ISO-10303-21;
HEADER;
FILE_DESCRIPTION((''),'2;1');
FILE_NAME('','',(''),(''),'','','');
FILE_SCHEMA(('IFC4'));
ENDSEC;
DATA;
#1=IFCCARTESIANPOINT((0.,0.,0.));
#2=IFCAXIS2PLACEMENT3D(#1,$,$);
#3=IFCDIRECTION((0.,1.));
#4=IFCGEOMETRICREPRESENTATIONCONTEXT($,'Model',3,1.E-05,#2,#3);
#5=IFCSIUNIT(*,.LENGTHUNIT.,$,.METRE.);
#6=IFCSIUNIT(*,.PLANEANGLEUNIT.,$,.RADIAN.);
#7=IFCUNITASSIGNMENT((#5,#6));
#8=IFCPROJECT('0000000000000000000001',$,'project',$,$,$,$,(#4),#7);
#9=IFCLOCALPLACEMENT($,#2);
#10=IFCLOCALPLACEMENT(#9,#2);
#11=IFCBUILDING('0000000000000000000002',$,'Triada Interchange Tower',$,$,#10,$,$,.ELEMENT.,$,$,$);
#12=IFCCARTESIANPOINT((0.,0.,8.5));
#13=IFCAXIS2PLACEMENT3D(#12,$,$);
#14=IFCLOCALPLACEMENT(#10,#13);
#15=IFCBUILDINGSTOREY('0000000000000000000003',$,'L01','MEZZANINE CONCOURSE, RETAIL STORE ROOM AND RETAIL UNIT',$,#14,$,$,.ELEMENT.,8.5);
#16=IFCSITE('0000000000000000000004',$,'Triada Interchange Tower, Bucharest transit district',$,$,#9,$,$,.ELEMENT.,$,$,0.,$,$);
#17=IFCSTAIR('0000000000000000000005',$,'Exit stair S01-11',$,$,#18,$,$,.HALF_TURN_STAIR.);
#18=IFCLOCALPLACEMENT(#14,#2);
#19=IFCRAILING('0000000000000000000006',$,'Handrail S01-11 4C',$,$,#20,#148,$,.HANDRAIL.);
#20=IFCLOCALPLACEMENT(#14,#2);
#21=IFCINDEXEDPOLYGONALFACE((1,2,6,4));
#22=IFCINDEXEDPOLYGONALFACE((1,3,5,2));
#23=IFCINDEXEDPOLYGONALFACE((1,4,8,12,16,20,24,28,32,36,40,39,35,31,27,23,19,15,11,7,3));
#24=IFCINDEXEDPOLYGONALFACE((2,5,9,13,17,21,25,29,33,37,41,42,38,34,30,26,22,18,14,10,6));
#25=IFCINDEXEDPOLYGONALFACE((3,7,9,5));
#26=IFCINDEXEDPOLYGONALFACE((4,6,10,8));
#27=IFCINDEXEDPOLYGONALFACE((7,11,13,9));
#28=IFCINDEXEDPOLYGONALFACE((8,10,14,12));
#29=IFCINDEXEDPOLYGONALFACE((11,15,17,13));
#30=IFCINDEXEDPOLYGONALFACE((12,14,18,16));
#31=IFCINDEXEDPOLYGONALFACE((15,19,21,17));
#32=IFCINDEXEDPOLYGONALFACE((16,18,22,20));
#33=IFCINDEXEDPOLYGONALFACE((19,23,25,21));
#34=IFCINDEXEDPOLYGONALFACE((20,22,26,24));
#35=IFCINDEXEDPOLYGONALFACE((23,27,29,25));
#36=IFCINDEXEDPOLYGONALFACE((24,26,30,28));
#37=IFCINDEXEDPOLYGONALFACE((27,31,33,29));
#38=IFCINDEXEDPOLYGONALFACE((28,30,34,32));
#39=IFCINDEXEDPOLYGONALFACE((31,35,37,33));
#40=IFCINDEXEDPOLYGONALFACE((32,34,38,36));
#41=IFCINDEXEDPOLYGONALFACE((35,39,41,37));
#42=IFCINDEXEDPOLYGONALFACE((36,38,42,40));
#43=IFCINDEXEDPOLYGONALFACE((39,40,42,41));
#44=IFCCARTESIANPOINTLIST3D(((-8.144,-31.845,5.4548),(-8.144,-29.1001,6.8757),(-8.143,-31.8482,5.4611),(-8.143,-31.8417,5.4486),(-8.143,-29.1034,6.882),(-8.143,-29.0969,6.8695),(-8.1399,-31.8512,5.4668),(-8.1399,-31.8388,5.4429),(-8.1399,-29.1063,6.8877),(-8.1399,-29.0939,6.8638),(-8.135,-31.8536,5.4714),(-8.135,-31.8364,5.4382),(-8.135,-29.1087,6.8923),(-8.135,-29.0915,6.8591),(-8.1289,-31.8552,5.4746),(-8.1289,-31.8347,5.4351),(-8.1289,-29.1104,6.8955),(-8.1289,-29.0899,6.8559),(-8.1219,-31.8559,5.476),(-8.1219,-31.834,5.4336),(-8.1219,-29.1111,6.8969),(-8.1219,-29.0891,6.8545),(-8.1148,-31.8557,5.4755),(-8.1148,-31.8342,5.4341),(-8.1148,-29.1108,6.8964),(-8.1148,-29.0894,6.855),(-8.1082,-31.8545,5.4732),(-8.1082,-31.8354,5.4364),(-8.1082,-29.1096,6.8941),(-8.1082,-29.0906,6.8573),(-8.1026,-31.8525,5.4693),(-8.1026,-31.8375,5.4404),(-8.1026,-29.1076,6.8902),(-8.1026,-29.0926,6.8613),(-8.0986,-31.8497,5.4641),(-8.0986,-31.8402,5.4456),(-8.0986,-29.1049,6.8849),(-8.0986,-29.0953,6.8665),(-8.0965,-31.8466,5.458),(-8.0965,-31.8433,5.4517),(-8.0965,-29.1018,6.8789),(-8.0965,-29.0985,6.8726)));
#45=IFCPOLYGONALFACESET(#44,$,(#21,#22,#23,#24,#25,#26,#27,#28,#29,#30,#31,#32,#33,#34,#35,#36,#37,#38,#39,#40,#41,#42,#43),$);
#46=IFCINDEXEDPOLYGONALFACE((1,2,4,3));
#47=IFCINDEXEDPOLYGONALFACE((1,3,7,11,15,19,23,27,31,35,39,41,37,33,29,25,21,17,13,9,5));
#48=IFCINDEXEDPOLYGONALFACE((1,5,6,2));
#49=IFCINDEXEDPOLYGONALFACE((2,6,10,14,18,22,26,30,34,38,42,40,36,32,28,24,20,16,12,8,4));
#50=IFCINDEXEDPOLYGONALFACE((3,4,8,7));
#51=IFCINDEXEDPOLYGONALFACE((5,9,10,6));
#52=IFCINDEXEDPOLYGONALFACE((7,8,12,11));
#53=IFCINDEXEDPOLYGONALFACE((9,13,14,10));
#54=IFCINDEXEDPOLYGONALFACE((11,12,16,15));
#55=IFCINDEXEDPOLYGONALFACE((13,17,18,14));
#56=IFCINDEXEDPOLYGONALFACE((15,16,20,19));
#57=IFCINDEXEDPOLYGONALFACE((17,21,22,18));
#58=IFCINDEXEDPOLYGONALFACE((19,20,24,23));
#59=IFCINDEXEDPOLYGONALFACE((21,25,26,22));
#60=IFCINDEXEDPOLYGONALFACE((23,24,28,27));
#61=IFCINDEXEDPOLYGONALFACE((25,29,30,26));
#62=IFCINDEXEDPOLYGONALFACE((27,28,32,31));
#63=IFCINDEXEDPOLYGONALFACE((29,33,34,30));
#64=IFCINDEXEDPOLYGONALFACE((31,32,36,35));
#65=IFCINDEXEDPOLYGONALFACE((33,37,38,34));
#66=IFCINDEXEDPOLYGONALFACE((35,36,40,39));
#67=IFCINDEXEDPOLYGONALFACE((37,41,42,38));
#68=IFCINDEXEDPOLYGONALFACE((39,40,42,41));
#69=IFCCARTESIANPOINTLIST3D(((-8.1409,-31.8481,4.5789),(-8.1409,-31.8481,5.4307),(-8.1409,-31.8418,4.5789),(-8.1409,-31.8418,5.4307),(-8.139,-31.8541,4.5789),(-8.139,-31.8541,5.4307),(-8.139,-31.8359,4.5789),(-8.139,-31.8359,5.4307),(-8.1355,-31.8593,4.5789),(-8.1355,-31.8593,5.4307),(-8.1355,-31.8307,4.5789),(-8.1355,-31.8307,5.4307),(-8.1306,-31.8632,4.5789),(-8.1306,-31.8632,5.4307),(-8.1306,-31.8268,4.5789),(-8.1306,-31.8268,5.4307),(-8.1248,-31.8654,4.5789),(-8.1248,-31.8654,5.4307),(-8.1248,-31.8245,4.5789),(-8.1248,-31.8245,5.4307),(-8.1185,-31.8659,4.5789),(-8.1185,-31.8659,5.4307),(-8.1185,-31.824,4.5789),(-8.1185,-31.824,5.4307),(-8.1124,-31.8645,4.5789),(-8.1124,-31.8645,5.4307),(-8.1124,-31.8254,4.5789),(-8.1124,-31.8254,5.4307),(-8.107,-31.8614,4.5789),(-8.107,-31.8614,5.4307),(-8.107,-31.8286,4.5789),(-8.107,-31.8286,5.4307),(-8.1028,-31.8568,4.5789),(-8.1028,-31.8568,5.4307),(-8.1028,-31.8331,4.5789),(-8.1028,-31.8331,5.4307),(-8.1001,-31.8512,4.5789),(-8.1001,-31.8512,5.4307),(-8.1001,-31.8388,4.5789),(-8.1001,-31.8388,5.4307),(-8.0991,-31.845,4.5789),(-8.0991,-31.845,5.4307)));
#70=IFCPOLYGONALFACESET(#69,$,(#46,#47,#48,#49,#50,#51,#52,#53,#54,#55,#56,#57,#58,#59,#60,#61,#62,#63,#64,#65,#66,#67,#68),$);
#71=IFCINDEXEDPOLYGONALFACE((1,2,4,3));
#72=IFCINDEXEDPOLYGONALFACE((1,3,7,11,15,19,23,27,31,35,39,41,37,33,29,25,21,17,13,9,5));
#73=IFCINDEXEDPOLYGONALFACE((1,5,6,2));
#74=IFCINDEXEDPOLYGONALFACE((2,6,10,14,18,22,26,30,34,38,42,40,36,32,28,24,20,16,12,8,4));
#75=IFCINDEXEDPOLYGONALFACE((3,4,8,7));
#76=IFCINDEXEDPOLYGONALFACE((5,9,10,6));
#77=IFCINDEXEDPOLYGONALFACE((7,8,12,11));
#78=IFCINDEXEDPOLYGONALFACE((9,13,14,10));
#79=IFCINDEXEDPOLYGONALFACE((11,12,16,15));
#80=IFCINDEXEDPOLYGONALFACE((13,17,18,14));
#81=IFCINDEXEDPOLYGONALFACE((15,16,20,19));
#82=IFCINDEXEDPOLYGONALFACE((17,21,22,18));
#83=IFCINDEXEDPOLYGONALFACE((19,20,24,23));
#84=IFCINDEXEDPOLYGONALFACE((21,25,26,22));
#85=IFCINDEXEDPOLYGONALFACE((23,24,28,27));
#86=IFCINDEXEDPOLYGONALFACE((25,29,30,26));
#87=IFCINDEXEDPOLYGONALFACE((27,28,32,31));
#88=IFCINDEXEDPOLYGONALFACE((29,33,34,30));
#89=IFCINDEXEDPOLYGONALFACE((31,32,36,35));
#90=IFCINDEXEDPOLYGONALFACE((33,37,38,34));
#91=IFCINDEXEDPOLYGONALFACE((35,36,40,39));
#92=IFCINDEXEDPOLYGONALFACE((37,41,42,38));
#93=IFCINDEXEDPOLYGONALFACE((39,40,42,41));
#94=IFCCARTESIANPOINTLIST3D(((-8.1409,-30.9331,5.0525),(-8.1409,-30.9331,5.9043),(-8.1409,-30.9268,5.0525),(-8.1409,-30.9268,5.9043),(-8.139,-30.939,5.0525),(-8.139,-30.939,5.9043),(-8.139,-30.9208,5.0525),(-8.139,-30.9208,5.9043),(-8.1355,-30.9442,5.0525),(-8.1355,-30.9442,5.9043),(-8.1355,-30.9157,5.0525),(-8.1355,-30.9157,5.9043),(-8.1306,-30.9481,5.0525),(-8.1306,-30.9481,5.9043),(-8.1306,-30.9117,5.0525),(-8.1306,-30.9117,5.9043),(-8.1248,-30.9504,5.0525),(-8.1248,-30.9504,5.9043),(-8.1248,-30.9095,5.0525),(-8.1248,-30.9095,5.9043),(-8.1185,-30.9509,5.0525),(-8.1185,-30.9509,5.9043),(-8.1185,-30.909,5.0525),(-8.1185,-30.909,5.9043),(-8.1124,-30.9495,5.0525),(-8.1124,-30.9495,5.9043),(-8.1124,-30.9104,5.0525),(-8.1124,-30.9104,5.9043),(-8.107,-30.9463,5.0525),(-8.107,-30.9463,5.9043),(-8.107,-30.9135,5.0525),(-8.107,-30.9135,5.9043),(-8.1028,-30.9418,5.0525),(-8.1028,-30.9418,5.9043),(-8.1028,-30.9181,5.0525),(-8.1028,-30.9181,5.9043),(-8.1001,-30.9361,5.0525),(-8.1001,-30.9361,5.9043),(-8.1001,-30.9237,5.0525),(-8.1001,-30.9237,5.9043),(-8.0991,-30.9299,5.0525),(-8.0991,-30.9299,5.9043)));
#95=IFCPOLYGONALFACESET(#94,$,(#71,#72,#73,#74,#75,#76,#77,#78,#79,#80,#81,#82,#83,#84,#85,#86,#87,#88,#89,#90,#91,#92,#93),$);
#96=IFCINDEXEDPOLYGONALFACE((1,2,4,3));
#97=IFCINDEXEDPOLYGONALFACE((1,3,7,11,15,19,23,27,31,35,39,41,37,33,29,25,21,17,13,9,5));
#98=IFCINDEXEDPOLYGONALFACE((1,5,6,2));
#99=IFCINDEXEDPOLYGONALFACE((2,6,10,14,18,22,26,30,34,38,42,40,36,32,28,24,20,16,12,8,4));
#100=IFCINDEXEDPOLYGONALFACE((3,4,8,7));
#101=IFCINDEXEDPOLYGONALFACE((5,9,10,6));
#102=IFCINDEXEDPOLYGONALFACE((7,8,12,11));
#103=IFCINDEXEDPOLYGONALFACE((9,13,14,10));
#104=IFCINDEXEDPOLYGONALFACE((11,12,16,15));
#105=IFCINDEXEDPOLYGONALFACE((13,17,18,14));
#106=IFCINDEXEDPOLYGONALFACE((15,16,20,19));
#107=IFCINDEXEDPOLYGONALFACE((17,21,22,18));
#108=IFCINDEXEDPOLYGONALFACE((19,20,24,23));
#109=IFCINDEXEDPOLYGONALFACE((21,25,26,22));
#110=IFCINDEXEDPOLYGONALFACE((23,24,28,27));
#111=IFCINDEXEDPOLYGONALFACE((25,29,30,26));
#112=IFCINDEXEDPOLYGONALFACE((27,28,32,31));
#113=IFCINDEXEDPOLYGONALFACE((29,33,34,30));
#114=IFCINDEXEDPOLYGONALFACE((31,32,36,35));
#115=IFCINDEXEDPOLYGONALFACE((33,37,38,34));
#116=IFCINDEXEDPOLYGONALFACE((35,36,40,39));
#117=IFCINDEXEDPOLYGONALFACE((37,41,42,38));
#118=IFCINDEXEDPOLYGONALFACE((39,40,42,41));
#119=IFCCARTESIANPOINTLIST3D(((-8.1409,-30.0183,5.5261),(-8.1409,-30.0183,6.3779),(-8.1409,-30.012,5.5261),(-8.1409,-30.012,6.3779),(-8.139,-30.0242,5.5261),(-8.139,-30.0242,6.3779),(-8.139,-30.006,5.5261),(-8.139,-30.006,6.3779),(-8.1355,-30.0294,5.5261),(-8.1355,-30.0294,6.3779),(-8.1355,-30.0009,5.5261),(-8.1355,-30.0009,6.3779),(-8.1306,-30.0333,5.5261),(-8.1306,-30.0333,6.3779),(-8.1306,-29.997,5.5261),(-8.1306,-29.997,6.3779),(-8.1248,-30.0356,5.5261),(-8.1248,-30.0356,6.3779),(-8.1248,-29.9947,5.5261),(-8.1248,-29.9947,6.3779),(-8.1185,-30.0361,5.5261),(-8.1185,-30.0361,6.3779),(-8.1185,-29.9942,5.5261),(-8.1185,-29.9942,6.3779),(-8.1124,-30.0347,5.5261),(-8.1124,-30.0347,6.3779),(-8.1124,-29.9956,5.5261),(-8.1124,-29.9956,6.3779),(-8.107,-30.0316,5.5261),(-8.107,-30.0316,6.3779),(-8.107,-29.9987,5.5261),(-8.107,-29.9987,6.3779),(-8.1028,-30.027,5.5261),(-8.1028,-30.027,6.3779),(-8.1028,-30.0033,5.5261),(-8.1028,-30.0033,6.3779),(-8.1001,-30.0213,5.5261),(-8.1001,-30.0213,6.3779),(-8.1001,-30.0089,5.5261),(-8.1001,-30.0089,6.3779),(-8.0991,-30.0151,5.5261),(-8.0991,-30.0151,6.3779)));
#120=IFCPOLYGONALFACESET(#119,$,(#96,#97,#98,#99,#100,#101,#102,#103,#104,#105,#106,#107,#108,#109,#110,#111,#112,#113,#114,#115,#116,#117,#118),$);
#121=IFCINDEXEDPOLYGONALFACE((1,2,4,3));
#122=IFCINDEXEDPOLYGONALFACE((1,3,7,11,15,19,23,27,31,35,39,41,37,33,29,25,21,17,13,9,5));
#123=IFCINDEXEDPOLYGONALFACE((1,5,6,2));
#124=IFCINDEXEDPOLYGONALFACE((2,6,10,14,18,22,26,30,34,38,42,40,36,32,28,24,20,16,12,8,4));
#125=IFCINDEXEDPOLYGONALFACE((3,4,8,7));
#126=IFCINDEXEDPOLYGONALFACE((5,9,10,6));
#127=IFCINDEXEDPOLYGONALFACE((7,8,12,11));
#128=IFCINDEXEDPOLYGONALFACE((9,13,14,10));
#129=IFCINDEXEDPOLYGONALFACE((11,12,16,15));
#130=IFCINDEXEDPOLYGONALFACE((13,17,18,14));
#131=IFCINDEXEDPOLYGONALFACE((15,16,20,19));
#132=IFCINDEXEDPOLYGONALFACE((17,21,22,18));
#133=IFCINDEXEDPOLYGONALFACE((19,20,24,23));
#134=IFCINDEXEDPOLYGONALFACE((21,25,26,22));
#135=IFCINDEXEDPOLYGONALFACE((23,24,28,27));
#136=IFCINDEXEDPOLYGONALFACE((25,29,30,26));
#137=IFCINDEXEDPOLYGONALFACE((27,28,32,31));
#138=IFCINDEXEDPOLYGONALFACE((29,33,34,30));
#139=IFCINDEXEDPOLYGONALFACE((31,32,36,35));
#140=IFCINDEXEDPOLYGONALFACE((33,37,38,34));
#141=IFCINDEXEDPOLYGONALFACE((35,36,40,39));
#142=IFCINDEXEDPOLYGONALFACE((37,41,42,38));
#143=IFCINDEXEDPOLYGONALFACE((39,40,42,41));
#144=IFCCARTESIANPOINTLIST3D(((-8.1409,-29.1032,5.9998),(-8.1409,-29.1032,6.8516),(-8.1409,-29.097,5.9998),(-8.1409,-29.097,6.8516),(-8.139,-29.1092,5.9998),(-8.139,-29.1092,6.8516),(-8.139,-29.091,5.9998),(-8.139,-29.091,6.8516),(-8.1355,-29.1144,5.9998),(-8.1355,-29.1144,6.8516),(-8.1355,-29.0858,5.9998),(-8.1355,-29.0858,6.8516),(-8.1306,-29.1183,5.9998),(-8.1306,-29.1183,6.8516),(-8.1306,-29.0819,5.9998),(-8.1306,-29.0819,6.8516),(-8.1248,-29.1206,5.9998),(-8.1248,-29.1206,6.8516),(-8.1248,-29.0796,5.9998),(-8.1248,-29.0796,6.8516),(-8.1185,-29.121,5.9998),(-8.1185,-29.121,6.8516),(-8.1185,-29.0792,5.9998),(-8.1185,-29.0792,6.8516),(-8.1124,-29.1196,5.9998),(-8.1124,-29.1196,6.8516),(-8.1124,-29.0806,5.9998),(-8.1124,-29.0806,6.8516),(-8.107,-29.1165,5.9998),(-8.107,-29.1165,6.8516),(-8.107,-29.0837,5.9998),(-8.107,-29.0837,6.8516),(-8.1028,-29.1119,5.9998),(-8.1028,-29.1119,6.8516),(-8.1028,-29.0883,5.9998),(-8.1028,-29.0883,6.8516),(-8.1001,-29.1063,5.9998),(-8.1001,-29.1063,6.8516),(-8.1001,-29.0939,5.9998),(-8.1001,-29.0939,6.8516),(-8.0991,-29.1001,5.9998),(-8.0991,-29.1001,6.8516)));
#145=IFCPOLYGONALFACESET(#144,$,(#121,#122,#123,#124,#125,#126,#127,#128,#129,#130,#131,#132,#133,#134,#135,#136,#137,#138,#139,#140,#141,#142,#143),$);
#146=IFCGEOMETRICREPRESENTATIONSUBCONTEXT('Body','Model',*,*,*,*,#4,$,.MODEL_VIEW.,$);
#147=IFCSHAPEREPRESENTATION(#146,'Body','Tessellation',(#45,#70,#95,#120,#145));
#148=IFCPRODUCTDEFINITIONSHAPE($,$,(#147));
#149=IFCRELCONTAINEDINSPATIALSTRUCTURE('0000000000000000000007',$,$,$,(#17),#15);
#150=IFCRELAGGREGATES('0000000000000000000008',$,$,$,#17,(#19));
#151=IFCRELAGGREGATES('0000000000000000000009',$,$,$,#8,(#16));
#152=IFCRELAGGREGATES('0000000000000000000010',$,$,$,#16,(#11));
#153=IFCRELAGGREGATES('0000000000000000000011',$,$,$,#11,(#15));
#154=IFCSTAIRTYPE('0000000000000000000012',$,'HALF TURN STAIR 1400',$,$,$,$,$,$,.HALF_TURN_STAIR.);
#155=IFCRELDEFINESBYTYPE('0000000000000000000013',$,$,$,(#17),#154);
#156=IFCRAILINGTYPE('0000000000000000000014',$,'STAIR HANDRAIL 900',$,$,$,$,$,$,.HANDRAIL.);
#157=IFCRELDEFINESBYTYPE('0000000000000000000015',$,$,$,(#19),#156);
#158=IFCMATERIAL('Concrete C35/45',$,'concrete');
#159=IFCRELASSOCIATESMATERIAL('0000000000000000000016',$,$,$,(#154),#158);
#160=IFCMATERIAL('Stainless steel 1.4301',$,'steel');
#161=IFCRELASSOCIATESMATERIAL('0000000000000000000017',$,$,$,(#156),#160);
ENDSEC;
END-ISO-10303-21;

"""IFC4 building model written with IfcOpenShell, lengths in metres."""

from ifc_helpers import new_model, si_unit, direction, frame, origin, origin_2d, place, context, subcontext, project, spatial, circle, extrude, material, type_object, element, aggregate, save


model = new_model("IFC4")

# Units and contexts
model_context = context("Model", 3, precision=1e-05, world=origin(), true_north=direction((0.0, 1.0)))
body_context = subcontext(model_context, "Body", "Model", "MODEL_VIEW")
ifc_project = project(units=[si_unit("LENGTHUNIT", "METRE"), si_unit("PLANEANGLEUNIT", "RADIAN")], contexts=[model_context])

# Site, building, storey
site_placement = place(None, origin())
site = spatial("IfcSite", under=ifc_project, at=site_placement, Name="Triada Interchange Tower, Bucharest transit district", CompositionType="ELEMENT", RefElevation=0.0)
building_placement = place(site_placement, origin())
building = spatial("IfcBuilding", under=site, at=building_placement, Name="Triada Interchange Tower", CompositionType="ELEMENT")
storey_placement = place(building_placement, frame((0.0, 0.0, 8.5)))
storey = spatial("IfcBuildingStorey", under=building, at=storey_placement, Name="L01", Description="MEZZANINE CONCOURSE, RETAIL STORE ROOM AND RETAIL UNIT", CompositionType="ELEMENT", Elevation=8.5)

# Shared definitions
ifc_material_1 = material(Name="Concrete C35/45", Category="concrete")

# Stair, railing
stair_type = type_object("IfcStairType", Name="HALF TURN STAIR 1400", PredefinedType="HALF_TURN_STAIR", material=ifc_material_1)
stair_placement = place(storey_placement, origin())
stair = element("IfcStair", 1, at=stair_placement, inside=storey, type_object=stair_type, Name="Exit stair S01-11", PredefinedType="HALF_TURN_STAIR")
ifc_material_2 = material(Name="Stainless steel 1.4301", Category="steel")
railing_type_1 = type_object("IfcRailingType", Name="STAIR HANDRAIL 900", PredefinedType="HANDRAIL", material=ifc_material_2)
railing_1_placement = place(storey_placement, frame((-8.1201, -31.845, 4.5789)))
railing_1 = element("IfcRailing", 2, at=railing_1_placement, type_object=railing_type_1, Name="Handrail S01-11 4C", PredefinedType="HANDRAIL", context=body_context, shape_type="SweptSolid", body=[
    extrude(circle(Radius=0.0239, at=origin_2d()), frame((0.0, 0.0, 0.876), z_axis=(0.0, 0.888068, 0.459713), x_axis=(-1.0, 0.0, 0.0)), (0.0, 0.0, 1.0), 3.0908),
    extrude(circle(Radius=0.021, at=origin_2d()), origin(), (0.0, 0.0, 1.0), 0.8518),
    extrude(circle(Radius=0.021, at=origin_2d()), frame((0.0, 0.915, 0.4736)), (0.0, 0.0, 1.0), 0.8518),
    extrude(circle(Radius=0.021, at=origin_2d()), frame((0.0, 1.8298, 0.9473)), (0.0, 0.0, 1.0), 0.8518),
    extrude(circle(Radius=0.021, at=origin_2d()), frame((0.0, 2.7449, 1.4209)), (0.0, 0.0, 1.0), 0.8518),
])
aggregate(stair, [railing_1])

save(model, "model.ifc")
